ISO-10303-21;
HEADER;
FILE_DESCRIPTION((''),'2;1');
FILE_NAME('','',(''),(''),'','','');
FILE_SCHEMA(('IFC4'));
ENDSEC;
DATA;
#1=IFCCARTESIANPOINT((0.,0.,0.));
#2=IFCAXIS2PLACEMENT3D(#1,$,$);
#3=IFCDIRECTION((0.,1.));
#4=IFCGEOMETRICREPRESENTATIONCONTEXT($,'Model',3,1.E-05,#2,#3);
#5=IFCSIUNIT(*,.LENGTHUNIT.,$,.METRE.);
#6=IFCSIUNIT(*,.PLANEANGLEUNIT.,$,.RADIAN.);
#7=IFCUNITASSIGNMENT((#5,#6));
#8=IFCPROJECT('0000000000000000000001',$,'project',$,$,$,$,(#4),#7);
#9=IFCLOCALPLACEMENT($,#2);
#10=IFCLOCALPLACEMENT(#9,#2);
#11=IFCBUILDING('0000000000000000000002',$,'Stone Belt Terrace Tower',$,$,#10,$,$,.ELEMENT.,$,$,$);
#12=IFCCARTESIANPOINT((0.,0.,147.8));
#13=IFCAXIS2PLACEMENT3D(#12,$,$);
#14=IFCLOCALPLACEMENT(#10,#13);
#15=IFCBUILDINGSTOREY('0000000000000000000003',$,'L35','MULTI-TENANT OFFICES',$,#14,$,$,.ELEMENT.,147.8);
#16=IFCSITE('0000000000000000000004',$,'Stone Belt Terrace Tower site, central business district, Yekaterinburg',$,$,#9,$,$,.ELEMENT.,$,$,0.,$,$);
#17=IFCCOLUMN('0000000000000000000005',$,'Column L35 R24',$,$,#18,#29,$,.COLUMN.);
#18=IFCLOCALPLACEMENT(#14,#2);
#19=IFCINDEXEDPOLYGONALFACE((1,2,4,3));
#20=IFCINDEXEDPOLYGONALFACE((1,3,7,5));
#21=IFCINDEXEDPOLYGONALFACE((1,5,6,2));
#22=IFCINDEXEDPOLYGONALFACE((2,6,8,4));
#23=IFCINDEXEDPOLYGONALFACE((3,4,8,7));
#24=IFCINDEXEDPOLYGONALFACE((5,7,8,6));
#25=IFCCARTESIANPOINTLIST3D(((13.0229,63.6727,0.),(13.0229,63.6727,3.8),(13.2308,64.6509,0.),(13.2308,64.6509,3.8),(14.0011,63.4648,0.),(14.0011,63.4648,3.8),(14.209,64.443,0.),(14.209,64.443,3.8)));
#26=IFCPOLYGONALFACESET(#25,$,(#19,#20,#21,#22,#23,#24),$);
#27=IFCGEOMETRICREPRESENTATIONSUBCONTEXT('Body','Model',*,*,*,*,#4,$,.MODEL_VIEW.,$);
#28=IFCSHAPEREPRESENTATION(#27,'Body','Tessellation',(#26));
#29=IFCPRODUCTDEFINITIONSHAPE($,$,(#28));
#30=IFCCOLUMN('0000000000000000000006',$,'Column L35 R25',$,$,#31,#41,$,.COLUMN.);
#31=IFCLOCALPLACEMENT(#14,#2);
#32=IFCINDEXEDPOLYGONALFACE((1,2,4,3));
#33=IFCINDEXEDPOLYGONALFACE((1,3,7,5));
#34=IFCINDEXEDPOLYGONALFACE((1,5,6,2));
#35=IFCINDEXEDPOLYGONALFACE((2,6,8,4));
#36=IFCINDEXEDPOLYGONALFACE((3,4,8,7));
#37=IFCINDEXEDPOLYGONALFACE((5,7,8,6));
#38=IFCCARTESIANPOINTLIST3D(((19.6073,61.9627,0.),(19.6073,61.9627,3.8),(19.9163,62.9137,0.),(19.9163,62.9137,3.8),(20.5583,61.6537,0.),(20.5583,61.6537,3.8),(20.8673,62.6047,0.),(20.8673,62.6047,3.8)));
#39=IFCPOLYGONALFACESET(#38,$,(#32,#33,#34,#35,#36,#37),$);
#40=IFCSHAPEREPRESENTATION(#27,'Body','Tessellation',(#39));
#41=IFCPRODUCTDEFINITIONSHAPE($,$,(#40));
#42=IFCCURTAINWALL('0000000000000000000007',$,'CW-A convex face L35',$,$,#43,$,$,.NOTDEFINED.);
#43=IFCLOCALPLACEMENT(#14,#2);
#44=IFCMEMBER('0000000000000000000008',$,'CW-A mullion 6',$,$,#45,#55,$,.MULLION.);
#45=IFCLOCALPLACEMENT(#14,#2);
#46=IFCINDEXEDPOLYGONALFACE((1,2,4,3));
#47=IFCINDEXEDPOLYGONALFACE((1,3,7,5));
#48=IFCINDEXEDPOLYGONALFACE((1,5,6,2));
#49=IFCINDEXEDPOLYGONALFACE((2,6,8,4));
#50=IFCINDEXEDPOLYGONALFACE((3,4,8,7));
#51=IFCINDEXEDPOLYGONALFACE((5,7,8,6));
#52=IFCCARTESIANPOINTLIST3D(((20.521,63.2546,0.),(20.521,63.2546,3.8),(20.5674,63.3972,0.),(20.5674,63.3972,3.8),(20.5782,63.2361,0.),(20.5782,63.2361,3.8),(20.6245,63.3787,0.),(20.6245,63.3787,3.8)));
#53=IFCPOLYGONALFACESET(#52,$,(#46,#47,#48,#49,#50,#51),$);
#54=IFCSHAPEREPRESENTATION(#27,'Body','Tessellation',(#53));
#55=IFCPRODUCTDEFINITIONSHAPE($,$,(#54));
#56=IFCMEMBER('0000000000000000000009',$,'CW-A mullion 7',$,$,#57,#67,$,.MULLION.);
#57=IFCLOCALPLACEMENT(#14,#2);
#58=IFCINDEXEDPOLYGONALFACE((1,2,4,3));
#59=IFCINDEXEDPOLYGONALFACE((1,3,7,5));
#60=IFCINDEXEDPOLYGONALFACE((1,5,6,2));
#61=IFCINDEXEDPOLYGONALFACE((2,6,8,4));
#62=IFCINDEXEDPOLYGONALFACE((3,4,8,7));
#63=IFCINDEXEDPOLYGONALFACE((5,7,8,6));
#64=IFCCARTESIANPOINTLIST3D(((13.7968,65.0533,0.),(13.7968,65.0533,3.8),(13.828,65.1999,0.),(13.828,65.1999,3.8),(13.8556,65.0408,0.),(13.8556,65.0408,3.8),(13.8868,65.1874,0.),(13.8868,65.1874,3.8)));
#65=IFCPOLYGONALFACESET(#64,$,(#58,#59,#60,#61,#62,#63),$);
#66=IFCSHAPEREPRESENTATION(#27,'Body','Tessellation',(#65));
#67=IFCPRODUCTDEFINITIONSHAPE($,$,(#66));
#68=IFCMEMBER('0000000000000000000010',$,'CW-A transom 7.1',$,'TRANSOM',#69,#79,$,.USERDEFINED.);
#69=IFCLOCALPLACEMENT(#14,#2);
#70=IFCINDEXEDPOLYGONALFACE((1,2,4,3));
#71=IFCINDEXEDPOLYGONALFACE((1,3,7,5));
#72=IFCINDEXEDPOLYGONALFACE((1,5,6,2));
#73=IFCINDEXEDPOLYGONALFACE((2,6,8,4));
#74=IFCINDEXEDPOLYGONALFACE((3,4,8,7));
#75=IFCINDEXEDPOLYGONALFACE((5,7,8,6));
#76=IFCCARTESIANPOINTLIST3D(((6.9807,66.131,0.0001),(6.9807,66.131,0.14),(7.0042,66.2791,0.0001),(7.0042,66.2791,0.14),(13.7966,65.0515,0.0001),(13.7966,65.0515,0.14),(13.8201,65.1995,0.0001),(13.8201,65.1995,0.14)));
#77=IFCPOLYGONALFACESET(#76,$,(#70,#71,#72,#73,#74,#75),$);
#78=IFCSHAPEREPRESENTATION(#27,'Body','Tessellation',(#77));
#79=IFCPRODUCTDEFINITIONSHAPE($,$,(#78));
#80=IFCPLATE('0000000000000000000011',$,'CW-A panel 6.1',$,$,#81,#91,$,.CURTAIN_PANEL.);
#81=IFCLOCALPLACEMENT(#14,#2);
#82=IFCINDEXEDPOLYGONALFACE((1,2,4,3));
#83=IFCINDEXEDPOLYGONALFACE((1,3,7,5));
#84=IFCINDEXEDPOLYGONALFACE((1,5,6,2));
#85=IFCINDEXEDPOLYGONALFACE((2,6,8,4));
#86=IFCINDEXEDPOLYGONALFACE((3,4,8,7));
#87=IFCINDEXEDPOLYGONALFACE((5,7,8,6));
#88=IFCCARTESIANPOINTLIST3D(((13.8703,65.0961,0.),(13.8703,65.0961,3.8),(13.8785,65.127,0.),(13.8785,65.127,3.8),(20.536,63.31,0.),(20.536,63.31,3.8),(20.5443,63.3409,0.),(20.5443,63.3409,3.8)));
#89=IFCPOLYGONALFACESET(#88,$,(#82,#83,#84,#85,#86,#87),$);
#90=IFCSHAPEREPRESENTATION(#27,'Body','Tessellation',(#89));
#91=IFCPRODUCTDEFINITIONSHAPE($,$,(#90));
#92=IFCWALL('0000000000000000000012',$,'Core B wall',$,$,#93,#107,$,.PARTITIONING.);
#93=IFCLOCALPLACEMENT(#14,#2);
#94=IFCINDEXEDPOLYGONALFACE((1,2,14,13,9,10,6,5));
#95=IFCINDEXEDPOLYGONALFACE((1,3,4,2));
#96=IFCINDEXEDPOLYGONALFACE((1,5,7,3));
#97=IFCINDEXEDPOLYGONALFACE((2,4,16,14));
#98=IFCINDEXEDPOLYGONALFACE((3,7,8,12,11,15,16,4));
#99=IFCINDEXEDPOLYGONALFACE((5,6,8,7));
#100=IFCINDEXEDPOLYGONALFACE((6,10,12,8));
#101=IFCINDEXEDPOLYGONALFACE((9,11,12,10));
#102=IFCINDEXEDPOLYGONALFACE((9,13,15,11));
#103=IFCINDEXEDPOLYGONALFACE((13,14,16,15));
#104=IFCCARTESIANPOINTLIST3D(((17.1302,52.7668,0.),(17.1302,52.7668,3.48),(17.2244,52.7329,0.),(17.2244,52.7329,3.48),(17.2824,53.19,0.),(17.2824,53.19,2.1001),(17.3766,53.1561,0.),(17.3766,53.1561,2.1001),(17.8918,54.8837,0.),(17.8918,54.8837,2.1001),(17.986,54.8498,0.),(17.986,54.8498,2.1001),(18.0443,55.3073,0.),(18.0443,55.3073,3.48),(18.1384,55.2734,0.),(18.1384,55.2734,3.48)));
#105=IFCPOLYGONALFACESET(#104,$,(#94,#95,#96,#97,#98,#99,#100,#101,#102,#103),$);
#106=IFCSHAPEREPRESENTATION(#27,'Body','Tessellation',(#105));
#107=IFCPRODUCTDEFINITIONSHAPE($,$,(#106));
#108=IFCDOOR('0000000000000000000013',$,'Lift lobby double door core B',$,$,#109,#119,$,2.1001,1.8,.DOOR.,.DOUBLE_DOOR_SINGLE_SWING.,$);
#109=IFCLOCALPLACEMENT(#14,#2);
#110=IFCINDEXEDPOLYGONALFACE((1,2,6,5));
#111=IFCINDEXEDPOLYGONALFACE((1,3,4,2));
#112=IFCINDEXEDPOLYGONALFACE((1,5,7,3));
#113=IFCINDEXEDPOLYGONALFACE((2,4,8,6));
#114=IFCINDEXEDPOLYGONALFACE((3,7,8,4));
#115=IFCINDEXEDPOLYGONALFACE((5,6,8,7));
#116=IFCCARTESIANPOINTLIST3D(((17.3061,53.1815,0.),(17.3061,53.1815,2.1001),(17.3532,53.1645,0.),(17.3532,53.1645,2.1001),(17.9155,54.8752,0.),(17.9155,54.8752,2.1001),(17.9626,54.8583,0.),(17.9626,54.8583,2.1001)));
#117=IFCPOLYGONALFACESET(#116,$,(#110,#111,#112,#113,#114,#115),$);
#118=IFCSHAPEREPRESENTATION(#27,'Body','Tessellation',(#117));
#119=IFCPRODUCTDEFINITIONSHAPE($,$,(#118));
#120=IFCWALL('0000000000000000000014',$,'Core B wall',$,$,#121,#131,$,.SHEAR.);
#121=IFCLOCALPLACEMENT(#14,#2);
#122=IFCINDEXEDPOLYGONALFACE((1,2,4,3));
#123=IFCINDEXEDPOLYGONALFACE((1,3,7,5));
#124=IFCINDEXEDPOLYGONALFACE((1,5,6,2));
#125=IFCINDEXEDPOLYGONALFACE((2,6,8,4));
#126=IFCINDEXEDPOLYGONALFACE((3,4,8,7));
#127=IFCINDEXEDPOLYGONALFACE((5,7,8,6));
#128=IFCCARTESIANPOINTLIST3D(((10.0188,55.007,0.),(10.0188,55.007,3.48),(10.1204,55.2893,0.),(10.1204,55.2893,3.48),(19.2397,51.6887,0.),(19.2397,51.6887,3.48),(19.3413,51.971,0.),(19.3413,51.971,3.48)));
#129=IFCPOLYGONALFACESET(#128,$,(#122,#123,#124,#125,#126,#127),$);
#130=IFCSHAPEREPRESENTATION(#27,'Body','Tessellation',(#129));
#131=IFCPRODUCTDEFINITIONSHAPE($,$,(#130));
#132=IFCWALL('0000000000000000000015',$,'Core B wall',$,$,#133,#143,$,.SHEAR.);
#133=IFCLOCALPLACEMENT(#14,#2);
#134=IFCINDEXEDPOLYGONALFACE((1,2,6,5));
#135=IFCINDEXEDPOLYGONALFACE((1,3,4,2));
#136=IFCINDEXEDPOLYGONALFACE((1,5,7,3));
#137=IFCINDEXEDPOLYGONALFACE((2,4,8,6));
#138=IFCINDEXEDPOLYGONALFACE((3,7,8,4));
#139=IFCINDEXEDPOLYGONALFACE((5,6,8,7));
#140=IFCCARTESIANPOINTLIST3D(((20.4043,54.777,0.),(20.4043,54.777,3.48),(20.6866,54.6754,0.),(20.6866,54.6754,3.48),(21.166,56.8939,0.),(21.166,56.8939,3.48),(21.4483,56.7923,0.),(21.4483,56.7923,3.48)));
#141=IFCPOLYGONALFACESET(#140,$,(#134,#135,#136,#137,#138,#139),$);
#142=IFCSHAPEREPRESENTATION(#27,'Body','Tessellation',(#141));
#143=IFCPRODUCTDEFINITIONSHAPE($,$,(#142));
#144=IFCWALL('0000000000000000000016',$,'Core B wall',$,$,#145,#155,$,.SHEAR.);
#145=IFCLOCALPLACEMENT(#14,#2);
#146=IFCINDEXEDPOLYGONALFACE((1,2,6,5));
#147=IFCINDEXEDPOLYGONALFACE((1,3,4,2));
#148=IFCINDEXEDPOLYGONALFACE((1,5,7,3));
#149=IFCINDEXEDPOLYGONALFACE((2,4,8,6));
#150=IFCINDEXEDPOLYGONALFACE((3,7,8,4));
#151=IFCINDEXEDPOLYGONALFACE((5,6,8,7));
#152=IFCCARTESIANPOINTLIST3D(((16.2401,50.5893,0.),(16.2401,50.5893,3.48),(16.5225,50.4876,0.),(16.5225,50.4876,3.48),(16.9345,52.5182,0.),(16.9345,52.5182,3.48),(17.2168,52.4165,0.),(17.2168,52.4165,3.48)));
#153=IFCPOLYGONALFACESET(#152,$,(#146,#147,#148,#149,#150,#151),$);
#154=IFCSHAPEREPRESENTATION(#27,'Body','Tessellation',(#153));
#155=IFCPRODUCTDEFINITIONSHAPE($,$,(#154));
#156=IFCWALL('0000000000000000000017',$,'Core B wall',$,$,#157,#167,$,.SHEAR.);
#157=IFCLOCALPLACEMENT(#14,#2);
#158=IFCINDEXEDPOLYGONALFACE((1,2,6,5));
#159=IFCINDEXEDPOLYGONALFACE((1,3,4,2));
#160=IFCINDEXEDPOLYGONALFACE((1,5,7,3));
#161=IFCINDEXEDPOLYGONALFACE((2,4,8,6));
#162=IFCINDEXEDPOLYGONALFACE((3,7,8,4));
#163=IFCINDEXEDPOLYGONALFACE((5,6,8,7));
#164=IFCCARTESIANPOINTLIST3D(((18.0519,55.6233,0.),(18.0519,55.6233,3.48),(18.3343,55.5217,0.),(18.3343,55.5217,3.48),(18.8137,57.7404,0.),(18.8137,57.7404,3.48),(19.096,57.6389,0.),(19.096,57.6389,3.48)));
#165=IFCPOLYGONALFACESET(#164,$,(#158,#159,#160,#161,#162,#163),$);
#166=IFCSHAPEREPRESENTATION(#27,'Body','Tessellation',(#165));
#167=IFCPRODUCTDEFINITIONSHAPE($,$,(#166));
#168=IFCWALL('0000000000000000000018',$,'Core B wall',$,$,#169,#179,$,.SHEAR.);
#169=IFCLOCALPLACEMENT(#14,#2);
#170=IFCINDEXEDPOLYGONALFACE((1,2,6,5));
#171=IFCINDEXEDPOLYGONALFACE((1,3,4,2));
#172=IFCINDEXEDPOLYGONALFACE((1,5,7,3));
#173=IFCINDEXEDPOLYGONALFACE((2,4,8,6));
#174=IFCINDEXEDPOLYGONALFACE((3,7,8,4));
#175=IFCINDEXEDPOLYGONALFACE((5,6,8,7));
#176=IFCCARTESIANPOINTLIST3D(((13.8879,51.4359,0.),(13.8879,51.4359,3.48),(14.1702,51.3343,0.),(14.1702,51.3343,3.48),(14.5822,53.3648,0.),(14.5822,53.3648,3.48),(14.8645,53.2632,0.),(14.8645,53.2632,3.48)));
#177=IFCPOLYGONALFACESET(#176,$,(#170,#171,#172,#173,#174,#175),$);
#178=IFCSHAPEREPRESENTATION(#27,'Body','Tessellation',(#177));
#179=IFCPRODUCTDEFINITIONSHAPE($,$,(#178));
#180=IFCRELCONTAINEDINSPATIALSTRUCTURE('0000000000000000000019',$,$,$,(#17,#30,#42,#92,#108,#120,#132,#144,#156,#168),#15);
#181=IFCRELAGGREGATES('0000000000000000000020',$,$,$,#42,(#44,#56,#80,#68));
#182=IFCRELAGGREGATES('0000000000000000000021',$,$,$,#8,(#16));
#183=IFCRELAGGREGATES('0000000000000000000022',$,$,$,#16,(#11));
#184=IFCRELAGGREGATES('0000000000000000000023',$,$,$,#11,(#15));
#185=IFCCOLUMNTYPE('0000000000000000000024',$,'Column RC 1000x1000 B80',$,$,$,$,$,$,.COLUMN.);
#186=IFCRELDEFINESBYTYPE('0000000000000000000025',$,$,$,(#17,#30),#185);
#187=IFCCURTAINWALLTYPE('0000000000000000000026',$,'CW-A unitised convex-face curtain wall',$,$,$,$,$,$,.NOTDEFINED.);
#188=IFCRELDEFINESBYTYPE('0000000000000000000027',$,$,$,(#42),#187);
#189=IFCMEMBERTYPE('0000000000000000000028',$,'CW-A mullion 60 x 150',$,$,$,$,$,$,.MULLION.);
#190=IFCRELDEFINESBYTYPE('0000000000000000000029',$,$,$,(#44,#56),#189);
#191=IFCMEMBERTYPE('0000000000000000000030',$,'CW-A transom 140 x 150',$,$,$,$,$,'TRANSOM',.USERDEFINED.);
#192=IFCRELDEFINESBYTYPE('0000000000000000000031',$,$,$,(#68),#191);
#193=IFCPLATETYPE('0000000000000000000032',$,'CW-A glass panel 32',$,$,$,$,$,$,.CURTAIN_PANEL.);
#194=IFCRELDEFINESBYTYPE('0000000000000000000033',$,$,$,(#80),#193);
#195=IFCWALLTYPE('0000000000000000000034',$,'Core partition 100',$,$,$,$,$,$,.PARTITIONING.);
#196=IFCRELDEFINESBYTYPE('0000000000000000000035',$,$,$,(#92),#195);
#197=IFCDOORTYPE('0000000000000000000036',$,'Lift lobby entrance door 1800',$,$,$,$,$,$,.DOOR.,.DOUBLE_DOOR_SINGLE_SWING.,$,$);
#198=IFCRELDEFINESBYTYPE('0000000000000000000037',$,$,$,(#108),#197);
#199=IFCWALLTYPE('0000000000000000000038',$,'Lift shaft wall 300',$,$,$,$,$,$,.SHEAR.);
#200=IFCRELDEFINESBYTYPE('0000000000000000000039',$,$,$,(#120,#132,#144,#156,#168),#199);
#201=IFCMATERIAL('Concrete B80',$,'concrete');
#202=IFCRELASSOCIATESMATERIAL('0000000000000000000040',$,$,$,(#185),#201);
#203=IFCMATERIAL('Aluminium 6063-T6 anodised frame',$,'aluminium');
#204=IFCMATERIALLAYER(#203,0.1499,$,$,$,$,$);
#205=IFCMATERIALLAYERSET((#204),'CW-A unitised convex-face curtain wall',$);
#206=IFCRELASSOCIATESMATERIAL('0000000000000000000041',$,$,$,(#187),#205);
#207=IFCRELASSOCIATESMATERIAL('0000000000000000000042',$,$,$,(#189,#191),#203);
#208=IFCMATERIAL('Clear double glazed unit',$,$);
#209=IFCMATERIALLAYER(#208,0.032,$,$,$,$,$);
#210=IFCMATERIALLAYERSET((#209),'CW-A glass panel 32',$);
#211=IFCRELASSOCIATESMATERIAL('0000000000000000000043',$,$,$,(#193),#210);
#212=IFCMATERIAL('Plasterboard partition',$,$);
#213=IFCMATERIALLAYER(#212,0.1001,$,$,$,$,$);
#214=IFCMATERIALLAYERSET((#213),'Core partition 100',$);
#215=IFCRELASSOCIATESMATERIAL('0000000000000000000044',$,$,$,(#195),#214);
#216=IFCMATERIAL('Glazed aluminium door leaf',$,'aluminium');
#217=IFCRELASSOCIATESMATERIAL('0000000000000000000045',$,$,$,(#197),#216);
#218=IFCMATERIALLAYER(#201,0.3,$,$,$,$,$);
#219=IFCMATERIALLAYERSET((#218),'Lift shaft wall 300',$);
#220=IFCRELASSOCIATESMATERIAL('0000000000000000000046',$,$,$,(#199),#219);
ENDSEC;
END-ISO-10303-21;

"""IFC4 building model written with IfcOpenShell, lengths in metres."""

from ifc_helpers import new_model, si_unit, direction, frame, frame_2d, origin, origin_2d, place, context, subcontext, project, spatial, rectangle, extrude, material, layer, layer_set, material_profile, profile_set, type_object, element, fill, aggregate, save


model = new_model("IFC4")

# Units and contexts
model_context = context("Model", 3, precision=1e-05, world=origin(), true_north=direction((0.0, 1.0)))
body_context = subcontext(model_context, "Body", "Model", "MODEL_VIEW")
ifc_project = project(units=[si_unit("LENGTHUNIT", "METRE"), si_unit("PLANEANGLEUNIT", "RADIAN")], contexts=[model_context])

# Site, building, storey
site_placement = place(None, origin())
site = spatial("IfcSite", under=ifc_project, at=site_placement, Name="Stone Belt Terrace Tower site, central business district, Yekaterinburg", CompositionType="ELEMENT", RefElevation=0.0)
building_placement = place(site_placement, origin())
building = spatial("IfcBuilding", under=site, at=building_placement, Name="Stone Belt Terrace Tower", CompositionType="ELEMENT")
storey_placement = place(building_placement, frame((0.0, 0.0, 147.8)))
storey = spatial("IfcBuildingStorey", under=building, at=storey_placement, Name="L35", Description="MULTI-TENANT OFFICES", CompositionType="ELEMENT", Elevation=147.8)

# Columns
ifc_material_1 = material(Name="Concrete B80", Category="concrete")
ifc_material_profile_1 = material_profile(ifc_material_1, rectangle(XDim=1.0, YDim=1.0, at=origin_2d()), Name="RC 1000x1000")
ifc_profile_set_1 = profile_set([ifc_material_profile_1], Name="Concrete B80")
column_type = type_object("IfcColumnType", Name="Column RC 1000x1000 B80", PredefinedType="COLUMN", material=ifc_profile_set_1)
for number, where, z_axis, x_axis, name in (
    (1, (13.616, 64.0579, 0.0), (0.0, 0.0, 1.0), (0.978148, -0.207912, 0.0), "Column L35 R24"),
    (2, (20.2373, 62.2837, 0.0), (0.0, 0.0, 1.0), (0.951057, -0.309017, 0.0), "Column L35 R25"),
):
    element("IfcColumn", number, at=place(storey_placement, frame(where, z_axis=z_axis, x_axis=x_axis)), inside=storey, type_object=column_type, Name=name, PredefinedType="COLUMN", context=body_context, shape_type="SweptSolid", body=[
        extrude(rectangle(XDim=1.0, YDim=1.0, at=origin_2d()), origin(), (0.0, 0.0, 1.0), 3.8),
    ])

# Curtain wall, members, plate
ifc_material_2 = material(Name="Aluminium 6063-T6 anodised frame", Category="aluminium")
ifc_layer_1 = layer(ifc_material_2, 0.1499)
ifc_layer_set_1 = layer_set([ifc_layer_1], Name="CW-A unitised convex-face curtain wall")
curtain_wall_type = type_object("IfcCurtainWallType", Name="CW-A unitised convex-face curtain wall", PredefinedType="NOTDEFINED", material=ifc_layer_set_1)
curtain_wall_placement = place(storey_placement, origin())
curtain_wall = element("IfcCurtainWall", 3, at=curtain_wall_placement, inside=storey, type_object=curtain_wall_type, Name="CW-A convex face L35", PredefinedType="NOTDEFINED")
ifc_material_profile_2 = material_profile(ifc_material_2, rectangle(XDim=0.1499, YDim=0.0601, at=origin_2d()), Name="Aluminium 6063-T6 60x150")
ifc_profile_set_2 = profile_set([ifc_material_profile_2], Name="Aluminium 6063-T6 anodised frame")
member_type_1 = type_object("IfcMemberType", Name="CW-A mullion 60 x 150", PredefinedType="MULLION", material=ifc_profile_set_2)
member_1_placement = place(storey_placement, frame((20.5728, 63.3167, 0.0), z_axis=(0.0, 0.0, 1.0), x_axis=(-0.309017, -0.951057, 0.0)))
member_1 = element("IfcMember", 4, at=member_1_placement, type_object=member_type_1, Name="CW-A mullion 6", PredefinedType="MULLION", context=body_context, shape_type="SweptSolid", body=[
    extrude(rectangle(XDim=0.1499, YDim=0.0601, at=origin_2d()), origin(), (0.0, 0.0, 1.0), 3.8),
])
member_2_placement = place(storey_placement, frame((13.8418, 65.1204, 0.0), z_axis=(0.0, 0.0, 1.0), x_axis=(-0.207912, -0.978148, 0.0)))
member_2 = element("IfcMember", 5, at=member_2_placement, type_object=member_type_1, Name="CW-A mullion 7", PredefinedType="MULLION", context=body_context, shape_type="SweptSolid", body=[
    extrude(rectangle(XDim=0.1499, YDim=0.0601, at=origin_2d()), origin(), (0.0, 0.0, 1.0), 3.8),
])
ifc_material_profile_3 = material_profile(ifc_material_2, rectangle(XDim=0.1499, YDim=0.1399, at=origin_2d()), Name="Aluminium 6063-T6 150x140")
ifc_profile_set_3 = profile_set([ifc_material_profile_3], Name="Aluminium 6063-T6 anodised frame")
member_type_2 = type_object("IfcMemberType", Name="CW-A transom 140 x 150", ElementType="TRANSOM", PredefinedType="USERDEFINED", material=ifc_profile_set_3)
member_3_placement = place(storey_placement, frame((13.8083, 65.1255, 0.0701), z_axis=(-0.987687, 0.156442, 0.0), x_axis=(-0.156442, -0.987687, 0.0)))
member_3 = element("IfcMember", 6, at=member_3_placement, type_object=member_type_2, Name="CW-A transom 7.1", ObjectType="TRANSOM", PredefinedType="USERDEFINED", context=body_context, shape_type="SweptSolid", body=[
    extrude(rectangle(XDim=0.1499, YDim=0.1399, at=origin_2d()), origin(), (0.0, 0.0, 1.0), 6.9009),
])
ifc_material_3 = material(Name="Clear double glazed unit")
ifc_layer_2 = layer(ifc_material_3, 0.032)
ifc_layer_set_2 = layer_set([ifc_layer_2], Name="CW-A glass panel 32")
plate_type = type_object("IfcPlateType", Name="CW-A glass panel 32", PredefinedType="CURTAIN_PANEL", material=ifc_layer_set_2)
plate_placement = place(storey_placement, frame((17.2073, 64.2185, 0.0), z_axis=(0.0, 0.0, 1.0), x_axis=(-0.965926, 0.258819, 0.0)))
plate = element("IfcPlate", 7, at=plate_placement, type_object=plate_type, Name="CW-A panel 6.1", PredefinedType="CURTAIN_PANEL", context=body_context, shape_type="SweptSolid", body=[
    extrude(rectangle(XDim=6.9009, YDim=0.032, at=origin_2d()), origin(), (0.0, 0.0, 1.0), 3.8),
])
aggregate(curtain_wall, [member_1, member_2, plate, member_3])

# Wall, opening, door
ifc_material_4 = material(Name="Plasterboard partition")
ifc_layer_3 = layer(ifc_material_4, 0.1001)
ifc_layer_set_3 = layer_set([ifc_layer_3], Name="Core partition 100")
wall_type_1 = type_object("IfcWallType", Name="Core partition 100", PredefinedType="PARTITIONING", material=ifc_layer_set_3)
wall_1_placement = place(storey_placement, frame((17.1772, 52.7498, 0.0), z_axis=(0.0, 0.0, 1.0), x_axis=(0.338547, 0.94095, 0.0)))
wall_1 = element("IfcWall", 8, at=wall_1_placement, inside=storey, type_object=wall_type_1, Name="Core B wall", PredefinedType="PARTITIONING", context=body_context, shape_type="SweptSolid", body=[
    extrude(rectangle(XDim=2.7, YDim=0.1001, at=frame_2d((1.3501, 0.0))), origin(), (0.0, 0.0, 1.0), 3.48),
])
opening_1_placement = place(wall_1_placement, frame((0.45, 0.0, 0.0)))
opening_1 = element("IfcOpeningElement", 9, at=opening_1_placement, cuts=wall_1, PredefinedType="OPENING", context=body_context, shape_type="SweptSolid", body=[
    extrude(rectangle(XDim=1.8, YDim=2.1001, at=frame_2d((0.8999, 1.05))), frame((0.0, 0.0601, 0.0), z_axis=(0.0, -1.0, 0.0), x_axis=(1.0, 0.0, 0.0)), (0.0, 0.0, 1.0), 0.1201),
])
ifc_material_5 = material(Name="Glazed aluminium door leaf", Category="aluminium")
door_type_1 = type_object("IfcDoorType", Name="Lift lobby entrance door 1800", OperationType="DOUBLE_DOOR_SINGLE_SWING", PredefinedType="DOOR", material=ifc_material_5)
door_1_placement = place(opening_1_placement, origin())
door_1 = element("IfcDoor", 10, at=door_1_placement, inside=storey, type_object=door_type_1, Name="Lift lobby double door core B", OperationType="DOUBLE_DOOR_SINGLE_SWING", OverallHeight=2.1001, OverallWidth=1.8, PredefinedType="DOOR", context=body_context, shape_type="SweptSolid", body=[
    extrude(rectangle(XDim=1.8, YDim=2.1001, at=frame_2d((0.8999, 1.05))), frame((0.0, 0.0249, 0.0), z_axis=(0.0, -1.0, 0.0), x_axis=(1.0, 0.0, 0.0)), (0.0, 0.0, 1.0), 0.05),
])
fill(opening_1, door_1)

# Walls
ifc_layer_4 = layer(ifc_material_1, 0.3)
ifc_layer_set_4 = layer_set([ifc_layer_4], Name="Lift shaft wall 300")
wall_type_2 = type_object("IfcWallType", Name="Lift shaft wall 300", PredefinedType="SHEAR", material=ifc_layer_set_4)
wall_2_placement = place(storey_placement, frame((19.2905, 51.8298, 0.0), z_axis=(0.0, 0.0, 1.0), x_axis=(-0.940926, 0.338613, 0.0)))
element("IfcWall", 11, at=wall_2_placement, inside=storey, type_object=wall_type_2, Name="Core B wall", PredefinedType="SHEAR", context=body_context, shape_type="SweptSolid", body=[
    extrude(rectangle(XDim=9.7998, YDim=0.3, at=frame_2d((4.8999, 0.0))), origin(), (0.0, 0.0, 1.0), 3.48),
])
wall_3_placement = place(storey_placement, frame((20.5454, 54.7261, 0.0), z_axis=(0.0, 0.0, 1.0), x_axis=(0.33857, 0.940941, 0.0)))
element("IfcWall", 12, at=wall_3_placement, inside=storey, type_object=wall_type_2, Name="Core B wall", PredefinedType="SHEAR", context=body_context, shape_type="SweptSolid", body=[
    extrude(rectangle(XDim=2.2498, YDim=0.3, at=frame_2d((1.125, 0.0))), origin(), (0.0, 0.0, 1.0), 3.48),
])
wall_4_placement = place(storey_placement, frame((16.3813, 50.5386, 0.0), z_axis=(0.0, 0.0, 1.0), x_axis=(0.338682, 0.940901, 0.0)))
element("IfcWall", 13, at=wall_4_placement, inside=storey, type_object=wall_type_2, Name="Core B wall", PredefinedType="SHEAR", context=body_context, shape_type="SweptSolid", body=[
    extrude(rectangle(XDim=2.05, YDim=0.3, at=frame_2d((1.0249, 0.0))), origin(), (0.0, 0.0, 1.0), 3.48),
])
wall_5_placement = place(storey_placement, frame((18.1931, 55.5725, 0.0), z_axis=(0.0, 0.0, 1.0), x_axis=(0.338535, 0.940954, 0.0)))
element("IfcWall", 14, at=wall_5_placement, inside=storey, type_object=wall_type_2, Name="Core B wall", PredefinedType="SHEAR", context=body_context, shape_type="SweptSolid", body=[
    extrude(rectangle(XDim=2.25, YDim=0.3, at=frame_2d((1.125, 0.0))), origin(), (0.0, 0.0, 1.0), 3.48),
])
wall_6_placement = place(storey_placement, frame((14.0291, 51.3853, 0.0), z_axis=(0.0, 0.0, 1.0), x_axis=(0.338682, 0.940901, 0.0)))
element("IfcWall", 15, at=wall_6_placement, inside=storey, type_object=wall_type_2, Name="Core B wall", PredefinedType="SHEAR", context=body_context, shape_type="SweptSolid", body=[
    extrude(rectangle(XDim=2.05, YDim=0.3, at=frame_2d((1.0249, 0.0))), origin(), (0.0, 0.0, 1.0), 3.48),
])

save(model, "model.ifc")
